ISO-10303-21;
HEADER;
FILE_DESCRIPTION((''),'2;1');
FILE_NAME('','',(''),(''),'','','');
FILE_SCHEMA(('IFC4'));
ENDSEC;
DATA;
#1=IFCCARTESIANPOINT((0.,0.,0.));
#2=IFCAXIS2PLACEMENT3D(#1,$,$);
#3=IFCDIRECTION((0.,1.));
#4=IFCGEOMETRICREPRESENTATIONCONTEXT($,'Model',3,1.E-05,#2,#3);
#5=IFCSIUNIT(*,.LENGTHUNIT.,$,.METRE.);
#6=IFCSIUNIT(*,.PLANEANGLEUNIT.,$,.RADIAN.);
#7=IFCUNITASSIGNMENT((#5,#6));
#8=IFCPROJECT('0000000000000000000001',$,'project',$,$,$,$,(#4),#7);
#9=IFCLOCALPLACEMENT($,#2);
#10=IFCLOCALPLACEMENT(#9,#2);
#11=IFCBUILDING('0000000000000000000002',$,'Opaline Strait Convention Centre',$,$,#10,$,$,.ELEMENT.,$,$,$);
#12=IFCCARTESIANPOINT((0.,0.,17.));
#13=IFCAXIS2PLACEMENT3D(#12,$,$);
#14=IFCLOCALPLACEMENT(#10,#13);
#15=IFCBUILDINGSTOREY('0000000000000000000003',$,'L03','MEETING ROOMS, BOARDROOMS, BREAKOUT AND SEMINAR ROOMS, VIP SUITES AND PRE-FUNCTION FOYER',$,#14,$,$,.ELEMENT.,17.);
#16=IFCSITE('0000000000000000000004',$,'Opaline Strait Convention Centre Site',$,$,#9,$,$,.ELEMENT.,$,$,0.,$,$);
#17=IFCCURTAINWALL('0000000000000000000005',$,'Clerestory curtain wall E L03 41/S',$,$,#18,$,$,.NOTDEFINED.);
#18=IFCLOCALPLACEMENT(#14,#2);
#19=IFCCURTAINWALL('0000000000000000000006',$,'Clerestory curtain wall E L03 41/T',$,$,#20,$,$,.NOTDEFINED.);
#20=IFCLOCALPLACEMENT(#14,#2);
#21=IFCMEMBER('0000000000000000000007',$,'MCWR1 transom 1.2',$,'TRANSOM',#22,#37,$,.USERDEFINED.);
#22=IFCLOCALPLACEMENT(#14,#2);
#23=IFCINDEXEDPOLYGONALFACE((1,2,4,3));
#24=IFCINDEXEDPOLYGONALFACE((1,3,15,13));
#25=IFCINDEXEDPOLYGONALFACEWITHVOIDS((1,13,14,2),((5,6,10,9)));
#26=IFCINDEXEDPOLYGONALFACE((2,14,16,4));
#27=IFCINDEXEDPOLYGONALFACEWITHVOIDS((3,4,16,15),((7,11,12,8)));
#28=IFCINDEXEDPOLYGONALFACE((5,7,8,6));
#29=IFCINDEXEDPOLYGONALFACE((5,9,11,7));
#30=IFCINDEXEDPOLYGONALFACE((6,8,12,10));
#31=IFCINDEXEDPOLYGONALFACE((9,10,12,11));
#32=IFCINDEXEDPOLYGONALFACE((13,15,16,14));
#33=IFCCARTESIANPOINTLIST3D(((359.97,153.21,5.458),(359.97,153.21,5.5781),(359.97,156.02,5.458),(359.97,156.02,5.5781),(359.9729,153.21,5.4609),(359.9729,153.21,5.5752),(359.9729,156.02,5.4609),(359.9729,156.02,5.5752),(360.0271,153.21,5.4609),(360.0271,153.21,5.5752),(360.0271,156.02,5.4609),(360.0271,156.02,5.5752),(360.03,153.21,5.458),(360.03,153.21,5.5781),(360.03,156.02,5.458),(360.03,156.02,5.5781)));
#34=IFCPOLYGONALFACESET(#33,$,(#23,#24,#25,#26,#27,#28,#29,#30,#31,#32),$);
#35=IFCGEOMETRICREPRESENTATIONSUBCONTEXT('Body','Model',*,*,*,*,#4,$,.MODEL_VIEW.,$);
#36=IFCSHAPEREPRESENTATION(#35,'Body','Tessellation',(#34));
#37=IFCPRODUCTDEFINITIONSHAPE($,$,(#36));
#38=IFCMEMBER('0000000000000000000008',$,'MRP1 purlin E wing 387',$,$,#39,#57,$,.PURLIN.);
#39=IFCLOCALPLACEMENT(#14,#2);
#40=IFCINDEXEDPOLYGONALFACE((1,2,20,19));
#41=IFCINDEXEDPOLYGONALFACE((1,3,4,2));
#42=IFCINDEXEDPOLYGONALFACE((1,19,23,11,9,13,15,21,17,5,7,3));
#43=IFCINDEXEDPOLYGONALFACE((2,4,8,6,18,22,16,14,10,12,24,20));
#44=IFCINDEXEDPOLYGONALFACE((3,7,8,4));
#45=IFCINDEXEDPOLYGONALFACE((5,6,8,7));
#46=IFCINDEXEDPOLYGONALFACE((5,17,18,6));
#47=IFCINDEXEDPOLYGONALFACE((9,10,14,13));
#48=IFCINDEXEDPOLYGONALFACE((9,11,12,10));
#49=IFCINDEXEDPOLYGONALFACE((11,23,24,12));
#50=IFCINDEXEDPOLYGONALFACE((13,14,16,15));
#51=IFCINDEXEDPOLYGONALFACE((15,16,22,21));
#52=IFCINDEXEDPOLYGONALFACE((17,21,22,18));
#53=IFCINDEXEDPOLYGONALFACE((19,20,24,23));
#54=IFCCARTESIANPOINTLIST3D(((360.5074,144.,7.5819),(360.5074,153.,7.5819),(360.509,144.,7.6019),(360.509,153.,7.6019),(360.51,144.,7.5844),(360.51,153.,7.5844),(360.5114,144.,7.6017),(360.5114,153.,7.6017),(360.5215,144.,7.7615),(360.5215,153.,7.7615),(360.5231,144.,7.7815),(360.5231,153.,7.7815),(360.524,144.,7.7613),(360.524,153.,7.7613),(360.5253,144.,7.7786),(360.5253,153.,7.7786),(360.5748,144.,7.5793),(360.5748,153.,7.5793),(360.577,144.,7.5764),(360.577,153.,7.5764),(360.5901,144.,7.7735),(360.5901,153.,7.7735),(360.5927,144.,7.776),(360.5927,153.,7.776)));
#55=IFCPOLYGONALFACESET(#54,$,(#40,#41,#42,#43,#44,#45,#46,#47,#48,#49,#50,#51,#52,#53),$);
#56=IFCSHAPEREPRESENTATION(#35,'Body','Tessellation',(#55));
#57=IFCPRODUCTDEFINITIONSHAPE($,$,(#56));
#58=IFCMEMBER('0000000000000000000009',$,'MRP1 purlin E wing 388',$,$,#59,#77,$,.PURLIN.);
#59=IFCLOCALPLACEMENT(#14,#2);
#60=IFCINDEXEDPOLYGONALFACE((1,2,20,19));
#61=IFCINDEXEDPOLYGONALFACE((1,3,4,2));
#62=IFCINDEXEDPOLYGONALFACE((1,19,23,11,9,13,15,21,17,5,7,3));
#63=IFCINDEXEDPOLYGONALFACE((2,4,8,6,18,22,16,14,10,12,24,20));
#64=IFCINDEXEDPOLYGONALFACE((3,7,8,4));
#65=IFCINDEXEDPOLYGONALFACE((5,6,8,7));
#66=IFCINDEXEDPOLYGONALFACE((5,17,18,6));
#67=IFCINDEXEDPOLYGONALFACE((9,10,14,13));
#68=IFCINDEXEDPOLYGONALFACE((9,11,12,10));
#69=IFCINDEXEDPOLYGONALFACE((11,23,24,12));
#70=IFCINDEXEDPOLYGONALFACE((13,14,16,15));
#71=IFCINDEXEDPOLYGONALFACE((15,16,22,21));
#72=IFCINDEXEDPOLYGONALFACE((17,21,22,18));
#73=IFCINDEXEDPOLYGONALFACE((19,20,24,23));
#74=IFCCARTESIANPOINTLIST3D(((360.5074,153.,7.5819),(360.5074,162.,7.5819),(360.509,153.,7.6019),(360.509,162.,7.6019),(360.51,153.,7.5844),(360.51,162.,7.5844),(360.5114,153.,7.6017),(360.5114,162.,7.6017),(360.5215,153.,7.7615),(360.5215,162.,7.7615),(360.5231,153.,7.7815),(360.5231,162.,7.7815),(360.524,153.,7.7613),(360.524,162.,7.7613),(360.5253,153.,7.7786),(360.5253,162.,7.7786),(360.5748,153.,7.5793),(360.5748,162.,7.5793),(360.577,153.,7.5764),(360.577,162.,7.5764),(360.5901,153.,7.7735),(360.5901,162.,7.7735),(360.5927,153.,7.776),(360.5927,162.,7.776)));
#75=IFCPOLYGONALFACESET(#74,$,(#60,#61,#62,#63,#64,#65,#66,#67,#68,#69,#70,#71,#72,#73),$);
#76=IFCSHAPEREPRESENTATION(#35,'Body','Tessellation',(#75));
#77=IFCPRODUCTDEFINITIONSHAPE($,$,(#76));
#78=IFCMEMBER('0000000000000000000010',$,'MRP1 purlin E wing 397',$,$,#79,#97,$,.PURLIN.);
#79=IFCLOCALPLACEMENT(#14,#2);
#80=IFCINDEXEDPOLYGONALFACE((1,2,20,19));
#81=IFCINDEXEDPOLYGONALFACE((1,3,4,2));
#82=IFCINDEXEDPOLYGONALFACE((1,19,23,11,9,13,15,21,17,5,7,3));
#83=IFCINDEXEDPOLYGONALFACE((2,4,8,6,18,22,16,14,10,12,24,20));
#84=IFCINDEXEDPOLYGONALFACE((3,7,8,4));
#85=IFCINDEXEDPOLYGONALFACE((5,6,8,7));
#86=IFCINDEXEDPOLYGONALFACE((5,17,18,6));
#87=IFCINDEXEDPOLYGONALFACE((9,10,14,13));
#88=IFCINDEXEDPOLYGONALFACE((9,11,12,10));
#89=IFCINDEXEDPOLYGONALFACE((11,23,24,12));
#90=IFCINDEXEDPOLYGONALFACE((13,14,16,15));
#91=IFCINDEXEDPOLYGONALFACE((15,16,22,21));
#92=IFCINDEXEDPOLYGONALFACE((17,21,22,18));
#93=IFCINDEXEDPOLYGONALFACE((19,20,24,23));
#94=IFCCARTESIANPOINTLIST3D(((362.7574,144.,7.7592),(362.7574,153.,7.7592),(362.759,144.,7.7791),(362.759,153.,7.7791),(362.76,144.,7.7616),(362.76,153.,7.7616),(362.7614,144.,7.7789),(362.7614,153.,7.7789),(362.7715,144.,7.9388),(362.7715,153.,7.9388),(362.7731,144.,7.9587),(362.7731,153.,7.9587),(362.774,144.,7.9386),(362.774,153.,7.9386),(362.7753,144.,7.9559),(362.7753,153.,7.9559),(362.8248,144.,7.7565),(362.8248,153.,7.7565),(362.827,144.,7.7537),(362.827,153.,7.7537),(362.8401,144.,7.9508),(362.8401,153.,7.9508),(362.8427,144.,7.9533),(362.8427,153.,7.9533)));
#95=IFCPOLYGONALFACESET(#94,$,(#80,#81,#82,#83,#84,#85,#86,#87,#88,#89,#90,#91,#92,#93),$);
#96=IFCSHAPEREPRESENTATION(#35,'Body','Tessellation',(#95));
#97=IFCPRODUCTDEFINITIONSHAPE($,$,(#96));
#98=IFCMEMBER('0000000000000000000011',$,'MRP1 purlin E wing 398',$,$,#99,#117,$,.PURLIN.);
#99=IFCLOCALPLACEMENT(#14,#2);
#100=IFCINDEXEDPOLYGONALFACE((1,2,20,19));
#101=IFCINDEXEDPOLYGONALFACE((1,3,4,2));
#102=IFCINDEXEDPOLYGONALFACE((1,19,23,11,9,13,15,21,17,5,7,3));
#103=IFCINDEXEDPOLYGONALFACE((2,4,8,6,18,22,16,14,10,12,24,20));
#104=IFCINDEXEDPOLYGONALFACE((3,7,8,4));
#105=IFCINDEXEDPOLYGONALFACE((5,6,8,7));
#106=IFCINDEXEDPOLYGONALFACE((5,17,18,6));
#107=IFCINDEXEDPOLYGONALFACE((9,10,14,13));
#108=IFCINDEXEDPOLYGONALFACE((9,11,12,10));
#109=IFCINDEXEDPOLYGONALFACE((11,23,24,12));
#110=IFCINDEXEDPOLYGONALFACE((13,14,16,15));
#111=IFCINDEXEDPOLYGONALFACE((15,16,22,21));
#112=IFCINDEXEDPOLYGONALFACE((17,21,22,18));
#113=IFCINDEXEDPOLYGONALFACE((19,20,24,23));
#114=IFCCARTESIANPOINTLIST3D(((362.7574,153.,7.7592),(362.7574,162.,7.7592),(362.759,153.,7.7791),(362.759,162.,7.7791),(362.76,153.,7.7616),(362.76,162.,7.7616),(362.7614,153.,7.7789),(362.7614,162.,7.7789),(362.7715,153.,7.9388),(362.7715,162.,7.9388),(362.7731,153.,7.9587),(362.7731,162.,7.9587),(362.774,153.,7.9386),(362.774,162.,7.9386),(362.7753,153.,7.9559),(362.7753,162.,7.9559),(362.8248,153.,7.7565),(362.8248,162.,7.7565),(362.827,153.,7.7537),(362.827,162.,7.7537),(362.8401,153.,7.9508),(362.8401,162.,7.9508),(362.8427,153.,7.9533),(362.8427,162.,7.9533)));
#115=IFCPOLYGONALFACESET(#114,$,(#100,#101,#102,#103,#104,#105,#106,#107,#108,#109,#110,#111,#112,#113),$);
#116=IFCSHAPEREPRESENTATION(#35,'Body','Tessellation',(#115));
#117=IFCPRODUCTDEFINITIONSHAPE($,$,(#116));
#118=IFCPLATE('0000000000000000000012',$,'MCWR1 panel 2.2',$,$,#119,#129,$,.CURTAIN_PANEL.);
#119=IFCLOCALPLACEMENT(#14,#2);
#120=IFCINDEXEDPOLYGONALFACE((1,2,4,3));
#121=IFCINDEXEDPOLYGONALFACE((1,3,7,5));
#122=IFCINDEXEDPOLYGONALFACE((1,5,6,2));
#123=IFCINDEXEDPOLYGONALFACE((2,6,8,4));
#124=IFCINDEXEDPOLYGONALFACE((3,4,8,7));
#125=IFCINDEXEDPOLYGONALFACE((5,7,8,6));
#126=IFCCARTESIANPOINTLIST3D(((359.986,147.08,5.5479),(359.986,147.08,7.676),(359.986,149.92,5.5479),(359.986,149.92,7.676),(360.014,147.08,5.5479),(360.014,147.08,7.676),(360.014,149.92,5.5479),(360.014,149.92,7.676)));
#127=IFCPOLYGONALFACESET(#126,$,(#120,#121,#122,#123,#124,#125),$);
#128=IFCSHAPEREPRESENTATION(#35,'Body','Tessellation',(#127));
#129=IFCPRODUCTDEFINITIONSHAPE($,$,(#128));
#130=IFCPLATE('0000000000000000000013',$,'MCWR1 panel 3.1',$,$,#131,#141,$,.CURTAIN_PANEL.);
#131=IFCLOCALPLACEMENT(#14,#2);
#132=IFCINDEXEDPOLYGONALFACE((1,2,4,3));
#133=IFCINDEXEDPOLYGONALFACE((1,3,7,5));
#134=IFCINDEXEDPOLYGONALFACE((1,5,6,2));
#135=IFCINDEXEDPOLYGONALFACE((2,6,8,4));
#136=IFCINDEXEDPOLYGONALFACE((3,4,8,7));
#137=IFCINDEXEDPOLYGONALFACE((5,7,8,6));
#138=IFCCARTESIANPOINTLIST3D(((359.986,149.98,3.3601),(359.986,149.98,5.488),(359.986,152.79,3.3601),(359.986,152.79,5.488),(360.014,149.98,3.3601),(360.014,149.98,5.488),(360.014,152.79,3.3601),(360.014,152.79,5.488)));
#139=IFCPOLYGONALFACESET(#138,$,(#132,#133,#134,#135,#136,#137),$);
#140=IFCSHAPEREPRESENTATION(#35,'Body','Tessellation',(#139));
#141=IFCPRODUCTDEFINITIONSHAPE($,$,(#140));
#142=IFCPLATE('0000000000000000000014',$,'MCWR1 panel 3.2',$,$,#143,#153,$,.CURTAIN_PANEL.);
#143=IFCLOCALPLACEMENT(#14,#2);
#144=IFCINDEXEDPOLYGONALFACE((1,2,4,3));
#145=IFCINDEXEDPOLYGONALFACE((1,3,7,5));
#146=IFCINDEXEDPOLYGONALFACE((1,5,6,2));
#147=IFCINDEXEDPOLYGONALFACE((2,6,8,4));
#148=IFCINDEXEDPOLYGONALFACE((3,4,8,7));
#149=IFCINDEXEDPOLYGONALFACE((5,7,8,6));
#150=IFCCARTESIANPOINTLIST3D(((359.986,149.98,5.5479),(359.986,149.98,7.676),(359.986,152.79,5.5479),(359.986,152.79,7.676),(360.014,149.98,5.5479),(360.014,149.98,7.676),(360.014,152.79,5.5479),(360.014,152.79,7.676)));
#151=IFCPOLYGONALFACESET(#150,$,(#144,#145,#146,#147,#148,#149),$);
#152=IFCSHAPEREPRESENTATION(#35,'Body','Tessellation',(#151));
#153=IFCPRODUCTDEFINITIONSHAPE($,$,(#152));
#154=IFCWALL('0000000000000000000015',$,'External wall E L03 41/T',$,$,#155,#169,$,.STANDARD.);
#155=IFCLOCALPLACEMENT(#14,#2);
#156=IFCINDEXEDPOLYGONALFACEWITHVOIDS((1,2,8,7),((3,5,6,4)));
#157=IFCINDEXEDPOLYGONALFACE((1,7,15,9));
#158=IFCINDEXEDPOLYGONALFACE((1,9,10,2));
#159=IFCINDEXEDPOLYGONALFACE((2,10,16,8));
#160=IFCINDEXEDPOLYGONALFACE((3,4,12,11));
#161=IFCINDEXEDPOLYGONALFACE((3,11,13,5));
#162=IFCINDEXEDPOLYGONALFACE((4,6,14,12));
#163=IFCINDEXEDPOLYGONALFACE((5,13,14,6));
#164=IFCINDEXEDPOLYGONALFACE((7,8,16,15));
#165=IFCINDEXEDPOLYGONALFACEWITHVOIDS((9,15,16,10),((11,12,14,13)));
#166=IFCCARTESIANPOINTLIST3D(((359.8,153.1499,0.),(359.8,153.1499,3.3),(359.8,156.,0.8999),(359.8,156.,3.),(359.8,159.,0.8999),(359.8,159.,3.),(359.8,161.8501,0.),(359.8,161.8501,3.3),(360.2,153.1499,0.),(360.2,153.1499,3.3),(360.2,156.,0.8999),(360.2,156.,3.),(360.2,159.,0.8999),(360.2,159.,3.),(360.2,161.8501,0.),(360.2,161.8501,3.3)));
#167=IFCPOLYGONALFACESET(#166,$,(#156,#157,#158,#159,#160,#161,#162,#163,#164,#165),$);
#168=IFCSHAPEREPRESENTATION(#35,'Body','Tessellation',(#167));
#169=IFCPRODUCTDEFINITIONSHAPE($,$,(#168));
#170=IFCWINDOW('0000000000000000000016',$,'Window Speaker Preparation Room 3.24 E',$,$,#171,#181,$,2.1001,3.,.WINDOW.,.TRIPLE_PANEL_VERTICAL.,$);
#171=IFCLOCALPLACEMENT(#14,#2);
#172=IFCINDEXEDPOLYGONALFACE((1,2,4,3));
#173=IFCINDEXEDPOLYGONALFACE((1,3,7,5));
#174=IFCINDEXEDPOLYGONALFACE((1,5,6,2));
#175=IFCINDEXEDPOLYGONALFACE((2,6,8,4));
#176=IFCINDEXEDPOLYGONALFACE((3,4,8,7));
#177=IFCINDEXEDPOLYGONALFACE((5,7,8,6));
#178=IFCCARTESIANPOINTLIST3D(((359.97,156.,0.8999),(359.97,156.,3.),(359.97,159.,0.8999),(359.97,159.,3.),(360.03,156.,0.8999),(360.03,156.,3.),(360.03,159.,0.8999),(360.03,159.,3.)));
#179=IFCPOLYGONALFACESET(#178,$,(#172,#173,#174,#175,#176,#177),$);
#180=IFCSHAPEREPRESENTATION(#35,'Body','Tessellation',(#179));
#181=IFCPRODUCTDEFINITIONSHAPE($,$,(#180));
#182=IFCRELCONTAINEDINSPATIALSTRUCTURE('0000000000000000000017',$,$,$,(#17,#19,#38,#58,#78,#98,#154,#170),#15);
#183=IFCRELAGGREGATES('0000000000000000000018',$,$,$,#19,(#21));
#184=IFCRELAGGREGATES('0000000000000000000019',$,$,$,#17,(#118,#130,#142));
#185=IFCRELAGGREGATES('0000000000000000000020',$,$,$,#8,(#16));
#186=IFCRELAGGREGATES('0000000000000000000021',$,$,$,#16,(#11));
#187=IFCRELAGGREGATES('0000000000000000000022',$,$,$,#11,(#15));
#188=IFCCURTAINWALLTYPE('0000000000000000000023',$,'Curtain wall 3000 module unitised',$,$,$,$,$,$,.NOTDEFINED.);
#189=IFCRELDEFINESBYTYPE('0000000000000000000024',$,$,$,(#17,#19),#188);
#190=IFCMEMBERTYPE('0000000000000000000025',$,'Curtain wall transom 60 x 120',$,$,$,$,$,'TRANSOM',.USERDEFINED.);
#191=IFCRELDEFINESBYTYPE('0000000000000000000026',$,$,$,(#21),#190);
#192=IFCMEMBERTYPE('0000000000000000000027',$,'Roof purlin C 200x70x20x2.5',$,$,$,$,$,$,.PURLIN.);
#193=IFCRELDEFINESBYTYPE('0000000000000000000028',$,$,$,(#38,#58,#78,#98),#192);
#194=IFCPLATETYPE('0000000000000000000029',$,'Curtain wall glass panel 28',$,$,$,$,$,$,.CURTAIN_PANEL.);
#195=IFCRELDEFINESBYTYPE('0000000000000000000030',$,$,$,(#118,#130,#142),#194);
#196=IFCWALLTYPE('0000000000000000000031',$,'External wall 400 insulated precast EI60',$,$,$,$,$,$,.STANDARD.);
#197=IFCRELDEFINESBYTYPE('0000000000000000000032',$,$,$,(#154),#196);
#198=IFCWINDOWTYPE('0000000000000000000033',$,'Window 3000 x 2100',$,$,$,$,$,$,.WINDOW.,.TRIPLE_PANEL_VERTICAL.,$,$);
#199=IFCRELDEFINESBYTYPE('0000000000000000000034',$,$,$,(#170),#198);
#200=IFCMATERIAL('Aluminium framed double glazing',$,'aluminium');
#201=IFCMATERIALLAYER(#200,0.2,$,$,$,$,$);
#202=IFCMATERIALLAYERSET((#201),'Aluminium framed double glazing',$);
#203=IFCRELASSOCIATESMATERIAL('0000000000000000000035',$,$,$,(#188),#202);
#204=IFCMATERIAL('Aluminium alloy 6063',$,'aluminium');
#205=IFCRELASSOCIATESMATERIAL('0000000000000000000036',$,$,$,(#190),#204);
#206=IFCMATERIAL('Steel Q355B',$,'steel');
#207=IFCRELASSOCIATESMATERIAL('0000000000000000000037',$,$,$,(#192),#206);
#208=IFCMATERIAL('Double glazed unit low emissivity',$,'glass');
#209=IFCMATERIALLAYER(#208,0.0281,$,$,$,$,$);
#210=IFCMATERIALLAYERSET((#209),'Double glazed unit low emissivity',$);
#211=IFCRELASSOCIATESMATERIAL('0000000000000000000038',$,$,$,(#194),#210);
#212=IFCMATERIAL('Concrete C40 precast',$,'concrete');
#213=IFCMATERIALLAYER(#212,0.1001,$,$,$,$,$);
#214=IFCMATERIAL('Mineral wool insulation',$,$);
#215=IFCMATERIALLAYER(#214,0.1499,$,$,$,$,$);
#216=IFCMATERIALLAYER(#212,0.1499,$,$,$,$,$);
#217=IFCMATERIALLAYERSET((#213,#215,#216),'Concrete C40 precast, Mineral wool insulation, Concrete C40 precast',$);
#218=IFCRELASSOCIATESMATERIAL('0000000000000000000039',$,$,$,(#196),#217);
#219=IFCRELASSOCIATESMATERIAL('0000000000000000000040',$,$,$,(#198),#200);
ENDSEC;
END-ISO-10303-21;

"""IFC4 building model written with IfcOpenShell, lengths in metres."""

from ifc_helpers import new_model, si_unit, direction, frame, frame_2d, origin, origin_2d, place, context, subcontext, project, spatial, polyline, rectangle, hollow_rectangle, outline, extrude, material, layer, layer_set, material_profile, profile_set, type_object, element, fill, aggregate, save


model = new_model("IFC4")

# Units and contexts
model_context = context("Model", 3, precision=1e-05, world=origin(), true_north=direction((0.0, 1.0)))
body_context = subcontext(model_context, "Body", "Model", "MODEL_VIEW")
ifc_project = project(units=[si_unit("LENGTHUNIT", "METRE"), si_unit("PLANEANGLEUNIT", "RADIAN")], contexts=[model_context])

# Site, building, storey
site_placement = place(None, origin())
site = spatial("IfcSite", under=ifc_project, at=site_placement, Name="Opaline Strait Convention Centre Site", CompositionType="ELEMENT", RefElevation=0.0)
building_placement = place(site_placement, origin())
building = spatial("IfcBuilding", under=site, at=building_placement, Name="Opaline Strait Convention Centre", CompositionType="ELEMENT")
storey_placement = place(building_placement, frame((0.0, 0.0, 17.0)))
storey = spatial("IfcBuildingStorey", under=building, at=storey_placement, Name="L03", Description="MEETING ROOMS, BOARDROOMS, BREAKOUT AND SEMINAR ROOMS, VIP SUITES AND PRE-FUNCTION FOYER", CompositionType="ELEMENT", Elevation=17.0)

# Shared definitions
ifc_material_1 = material(Name="Steel Q355B", Category="steel")

# Curtain wall
ifc_material_2 = material(Name="Aluminium framed double glazing", Category="aluminium")
ifc_layer_1 = layer(ifc_material_2, 0.2)
ifc_layer_set_1 = layer_set([ifc_layer_1], Name="Aluminium framed double glazing")
curtain_wall_type = type_object("IfcCurtainWallType", Name="Curtain wall 3000 module unitised", PredefinedType="NOTDEFINED", material=ifc_layer_set_1)
curtain_wall_1_placement = place(storey_placement, origin())
curtain_wall_1 = element("IfcCurtainWall", 1, at=curtain_wall_1_placement, inside=storey, type_object=curtain_wall_type, Name="Clerestory curtain wall E L03 41/S", PredefinedType="NOTDEFINED")
ifc_material_3 = material(Name="Aluminium alloy 6063", Category="aluminium")

# Curtain wall
curtain_wall_2_placement = place(storey_placement, origin())
curtain_wall_2 = element("IfcCurtainWall", 2, at=curtain_wall_2_placement, inside=storey, type_object=curtain_wall_type, Name="Clerestory curtain wall E L03 41/T", PredefinedType="NOTDEFINED")

# Member
ifc_material_profile_1 = material_profile(ifc_material_3, hollow_rectangle(XDim=0.0601, YDim=0.1201, WallThickness=0.0029, at=origin_2d()), Name="TRANSOM 60x120x3")
ifc_profile_set_1 = profile_set([ifc_material_profile_1], Name="Aluminium alloy 6063")
member_type_1 = type_object("IfcMemberType", Name="Curtain wall transom 60 x 120", ElementType="TRANSOM", PredefinedType="USERDEFINED", material=ifc_profile_set_1)
member_1_placement = place(storey_placement, frame((360.0, 153.21, 5.5181), z_axis=(0.0, 1.0, 0.0), x_axis=(-1.0, 0.0, 0.0)))
member_1 = element("IfcMember", 3, at=member_1_placement, type_object=member_type_1, Name="MCWR1 transom 1.2", ObjectType="TRANSOM", PredefinedType="USERDEFINED", context=body_context, shape_type="SweptSolid", body=[
    extrude(hollow_rectangle(XDim=0.0601, YDim=0.1201, WallThickness=0.0029, at=origin_2d()), origin(), (0.0, 0.0, 1.0), 2.8101),
])
aggregate(curtain_wall_2, [member_1])

# Members
ifc_material_profile_2 = material_profile(ifc_material_1, outline(polyline([(-0.0349, -0.1001), (0.0349, -0.1001), (0.0349, -0.0801), (0.0325, -0.0801), (0.0325, -0.0974), (-0.0325, -0.0974), (-0.0325, 0.0974), (0.0325, 0.0974), (0.0325, 0.0801), (0.0349, 0.0801), (0.0349, 0.1001), (-0.0349, 0.1001), (-0.0349, -0.1001)])), Name="C 200x70x20x2.5")
ifc_profile_set_2 = profile_set([ifc_material_profile_2], Name="Steel Q355B")
member_type_2 = type_object("IfcMemberType", Name="Roof purlin C 200x70x20x2.5", PredefinedType="PURLIN", material=ifc_profile_set_2)
for number, where, z_axis, x_axis, name in (
    (4, (360.55, 144.0, 7.679), (0.0, 1.0, 0.0), (-0.996917, 0.0, 0.078459), "MRP1 purlin E wing 387"),
    (5, (360.55, 153.0, 7.679), (0.0, 1.0, 0.0), (-0.996917, 0.0, 0.078459), "MRP1 purlin E wing 388"),
    (6, (362.8, 144.0, 7.8562), (0.0, 1.0, 0.0), (-0.996917, 0.0, 0.078459), "MRP1 purlin E wing 397"),
    (7, (362.8, 153.0, 7.8562), (0.0, 1.0, 0.0), (-0.996917, 0.0, 0.078459), "MRP1 purlin E wing 398"),
):
    element("IfcMember", number, at=place(storey_placement, frame(where, z_axis=z_axis, x_axis=x_axis)), inside=storey, type_object=member_type_2, Name=name, PredefinedType="PURLIN", context=body_context, shape_type="SweptSolid", body=[
        extrude(outline(polyline([(-0.0349, -0.1001), (0.0349, -0.1001), (0.0349, -0.0801), (0.0325, -0.0801), (0.0325, -0.0974), (-0.0325, -0.0974), (-0.0325, 0.0974), (0.0325, 0.0974), (0.0325, 0.0801), (0.0349, 0.0801), (0.0349, 0.1001), (-0.0349, 0.1001), (-0.0349, -0.1001)])), origin(), (0.0, 0.0, 1.0), 9.0),
    ])

# Plates
ifc_material_4 = material(Name="Double glazed unit low emissivity", Category="glass")
ifc_layer_2 = layer(ifc_material_4, 0.0281)
ifc_layer_set_2 = layer_set([ifc_layer_2], Name="Double glazed unit low emissivity")
plate_type = type_object("IfcPlateType", Name="Curtain wall glass panel 28", PredefinedType="CURTAIN_PANEL", material=ifc_layer_set_2)
plate_1_placement = place(storey_placement, frame((360.0, 148.5, 5.5479), z_axis=(0.0, 0.0, 1.0), x_axis=(0.0, 1.0, 0.0)))
plate_1 = element("IfcPlate", 8, at=plate_1_placement, type_object=plate_type, Name="MCWR1 panel 2.2", PredefinedType="CURTAIN_PANEL", context=body_context, shape_type="SweptSolid", body=[
    extrude(rectangle(XDim=2.8401, YDim=0.0281, at=origin_2d()), origin(), (0.0, 0.0, 1.0), 2.1282),
])
plate_2_placement = place(storey_placement, frame((360.0, 151.385, 3.3601), z_axis=(0.0, 0.0, 1.0), x_axis=(0.0, 1.0, 0.0)))
plate_2 = element("IfcPlate", 9, at=plate_2_placement, type_object=plate_type, Name="MCWR1 panel 3.1", PredefinedType="CURTAIN_PANEL", context=body_context, shape_type="SweptSolid", body=[
    extrude(rectangle(XDim=2.8101, YDim=0.0281, at=origin_2d()), origin(), (0.0, 0.0, 1.0), 2.1279),
])
plate_3_placement = place(storey_placement, frame((360.0, 151.385, 5.5479), z_axis=(0.0, 0.0, 1.0), x_axis=(0.0, 1.0, 0.0)))
plate_3 = element("IfcPlate", 10, at=plate_3_placement, type_object=plate_type, Name="MCWR1 panel 3.2", PredefinedType="CURTAIN_PANEL", context=body_context, shape_type="SweptSolid", body=[
    extrude(rectangle(XDim=2.8101, YDim=0.0281, at=origin_2d()), origin(), (0.0, 0.0, 1.0), 2.1282),
])
aggregate(curtain_wall_1, [plate_1, plate_2, plate_3])

# Wall, opening, window
ifc_material_5 = material(Name="Concrete C40 precast", Category="concrete")
ifc_layer_3 = layer(ifc_material_5, 0.1001)
ifc_material_6 = material(Name="Mineral wool insulation")
ifc_layer_4 = layer(ifc_material_6, 0.1499)
ifc_layer_5 = layer(ifc_material_5, 0.1499)
ifc_layer_set_3 = layer_set([ifc_layer_3, ifc_layer_4, ifc_layer_5], Name="Concrete C40 precast, Mineral wool insulation, Concrete C40 precast")
wall_type = type_object("IfcWallType", Name="External wall 400 insulated precast EI60", PredefinedType="STANDARD", material=ifc_layer_set_3)
wall_placement = place(storey_placement, frame((360.0, 153.1499, 0.0), z_axis=(0.0, 0.0, 1.0), x_axis=(0.0, 1.0, 0.0)))
wall = element("IfcWall", 11, at=wall_placement, inside=storey, type_object=wall_type, Name="External wall E L03 41/T", PredefinedType="STANDARD", context=body_context, shape_type="SweptSolid", body=[
    extrude(rectangle(XDim=8.7002, YDim=0.3999, at=frame_2d((4.3501, 0.0))), origin(), (0.0, 0.0, 1.0), 3.3),
])
opening_placement = place(wall_placement, frame((2.8501, 0.0, 0.8999)))
opening = element("IfcOpeningElement", 12, at=opening_placement, cuts=wall, PredefinedType="OPENING", context=body_context, shape_type="SweptSolid", body=[
    extrude(rectangle(XDim=3.0, YDim=2.1001, at=frame_2d((1.5, 1.05))), frame((0.0, 0.21, 0.0), z_axis=(0.0, -1.0, 0.0), x_axis=(1.0, 0.0, 0.0)), (0.0, 0.0, 1.0), 0.4199),
])
window_type = type_object("IfcWindowType", Name="Window 3000 x 2100", PartitioningType="TRIPLE_PANEL_VERTICAL", PredefinedType="WINDOW", material=ifc_material_2)
window_placement = place(opening_placement, origin())
window = element("IfcWindow", 13, at=window_placement, inside=storey, type_object=window_type, Name="Window Speaker Preparation Room 3.24 E", OverallHeight=2.1001, OverallWidth=3.0, PartitioningType="TRIPLE_PANEL_VERTICAL", PredefinedType="WINDOW", context=body_context, shape_type="SweptSolid", body=[
    extrude(rectangle(XDim=3.0, YDim=2.1001, at=frame_2d((1.5, 1.05))), frame((0.0, 0.03, 0.0), z_axis=(0.0, -1.0, 0.0), x_axis=(1.0, 0.0, 0.0)), (0.0, 0.0, 1.0), 0.0601),
])
fill(opening, window)

save(model, "model.ifc")
